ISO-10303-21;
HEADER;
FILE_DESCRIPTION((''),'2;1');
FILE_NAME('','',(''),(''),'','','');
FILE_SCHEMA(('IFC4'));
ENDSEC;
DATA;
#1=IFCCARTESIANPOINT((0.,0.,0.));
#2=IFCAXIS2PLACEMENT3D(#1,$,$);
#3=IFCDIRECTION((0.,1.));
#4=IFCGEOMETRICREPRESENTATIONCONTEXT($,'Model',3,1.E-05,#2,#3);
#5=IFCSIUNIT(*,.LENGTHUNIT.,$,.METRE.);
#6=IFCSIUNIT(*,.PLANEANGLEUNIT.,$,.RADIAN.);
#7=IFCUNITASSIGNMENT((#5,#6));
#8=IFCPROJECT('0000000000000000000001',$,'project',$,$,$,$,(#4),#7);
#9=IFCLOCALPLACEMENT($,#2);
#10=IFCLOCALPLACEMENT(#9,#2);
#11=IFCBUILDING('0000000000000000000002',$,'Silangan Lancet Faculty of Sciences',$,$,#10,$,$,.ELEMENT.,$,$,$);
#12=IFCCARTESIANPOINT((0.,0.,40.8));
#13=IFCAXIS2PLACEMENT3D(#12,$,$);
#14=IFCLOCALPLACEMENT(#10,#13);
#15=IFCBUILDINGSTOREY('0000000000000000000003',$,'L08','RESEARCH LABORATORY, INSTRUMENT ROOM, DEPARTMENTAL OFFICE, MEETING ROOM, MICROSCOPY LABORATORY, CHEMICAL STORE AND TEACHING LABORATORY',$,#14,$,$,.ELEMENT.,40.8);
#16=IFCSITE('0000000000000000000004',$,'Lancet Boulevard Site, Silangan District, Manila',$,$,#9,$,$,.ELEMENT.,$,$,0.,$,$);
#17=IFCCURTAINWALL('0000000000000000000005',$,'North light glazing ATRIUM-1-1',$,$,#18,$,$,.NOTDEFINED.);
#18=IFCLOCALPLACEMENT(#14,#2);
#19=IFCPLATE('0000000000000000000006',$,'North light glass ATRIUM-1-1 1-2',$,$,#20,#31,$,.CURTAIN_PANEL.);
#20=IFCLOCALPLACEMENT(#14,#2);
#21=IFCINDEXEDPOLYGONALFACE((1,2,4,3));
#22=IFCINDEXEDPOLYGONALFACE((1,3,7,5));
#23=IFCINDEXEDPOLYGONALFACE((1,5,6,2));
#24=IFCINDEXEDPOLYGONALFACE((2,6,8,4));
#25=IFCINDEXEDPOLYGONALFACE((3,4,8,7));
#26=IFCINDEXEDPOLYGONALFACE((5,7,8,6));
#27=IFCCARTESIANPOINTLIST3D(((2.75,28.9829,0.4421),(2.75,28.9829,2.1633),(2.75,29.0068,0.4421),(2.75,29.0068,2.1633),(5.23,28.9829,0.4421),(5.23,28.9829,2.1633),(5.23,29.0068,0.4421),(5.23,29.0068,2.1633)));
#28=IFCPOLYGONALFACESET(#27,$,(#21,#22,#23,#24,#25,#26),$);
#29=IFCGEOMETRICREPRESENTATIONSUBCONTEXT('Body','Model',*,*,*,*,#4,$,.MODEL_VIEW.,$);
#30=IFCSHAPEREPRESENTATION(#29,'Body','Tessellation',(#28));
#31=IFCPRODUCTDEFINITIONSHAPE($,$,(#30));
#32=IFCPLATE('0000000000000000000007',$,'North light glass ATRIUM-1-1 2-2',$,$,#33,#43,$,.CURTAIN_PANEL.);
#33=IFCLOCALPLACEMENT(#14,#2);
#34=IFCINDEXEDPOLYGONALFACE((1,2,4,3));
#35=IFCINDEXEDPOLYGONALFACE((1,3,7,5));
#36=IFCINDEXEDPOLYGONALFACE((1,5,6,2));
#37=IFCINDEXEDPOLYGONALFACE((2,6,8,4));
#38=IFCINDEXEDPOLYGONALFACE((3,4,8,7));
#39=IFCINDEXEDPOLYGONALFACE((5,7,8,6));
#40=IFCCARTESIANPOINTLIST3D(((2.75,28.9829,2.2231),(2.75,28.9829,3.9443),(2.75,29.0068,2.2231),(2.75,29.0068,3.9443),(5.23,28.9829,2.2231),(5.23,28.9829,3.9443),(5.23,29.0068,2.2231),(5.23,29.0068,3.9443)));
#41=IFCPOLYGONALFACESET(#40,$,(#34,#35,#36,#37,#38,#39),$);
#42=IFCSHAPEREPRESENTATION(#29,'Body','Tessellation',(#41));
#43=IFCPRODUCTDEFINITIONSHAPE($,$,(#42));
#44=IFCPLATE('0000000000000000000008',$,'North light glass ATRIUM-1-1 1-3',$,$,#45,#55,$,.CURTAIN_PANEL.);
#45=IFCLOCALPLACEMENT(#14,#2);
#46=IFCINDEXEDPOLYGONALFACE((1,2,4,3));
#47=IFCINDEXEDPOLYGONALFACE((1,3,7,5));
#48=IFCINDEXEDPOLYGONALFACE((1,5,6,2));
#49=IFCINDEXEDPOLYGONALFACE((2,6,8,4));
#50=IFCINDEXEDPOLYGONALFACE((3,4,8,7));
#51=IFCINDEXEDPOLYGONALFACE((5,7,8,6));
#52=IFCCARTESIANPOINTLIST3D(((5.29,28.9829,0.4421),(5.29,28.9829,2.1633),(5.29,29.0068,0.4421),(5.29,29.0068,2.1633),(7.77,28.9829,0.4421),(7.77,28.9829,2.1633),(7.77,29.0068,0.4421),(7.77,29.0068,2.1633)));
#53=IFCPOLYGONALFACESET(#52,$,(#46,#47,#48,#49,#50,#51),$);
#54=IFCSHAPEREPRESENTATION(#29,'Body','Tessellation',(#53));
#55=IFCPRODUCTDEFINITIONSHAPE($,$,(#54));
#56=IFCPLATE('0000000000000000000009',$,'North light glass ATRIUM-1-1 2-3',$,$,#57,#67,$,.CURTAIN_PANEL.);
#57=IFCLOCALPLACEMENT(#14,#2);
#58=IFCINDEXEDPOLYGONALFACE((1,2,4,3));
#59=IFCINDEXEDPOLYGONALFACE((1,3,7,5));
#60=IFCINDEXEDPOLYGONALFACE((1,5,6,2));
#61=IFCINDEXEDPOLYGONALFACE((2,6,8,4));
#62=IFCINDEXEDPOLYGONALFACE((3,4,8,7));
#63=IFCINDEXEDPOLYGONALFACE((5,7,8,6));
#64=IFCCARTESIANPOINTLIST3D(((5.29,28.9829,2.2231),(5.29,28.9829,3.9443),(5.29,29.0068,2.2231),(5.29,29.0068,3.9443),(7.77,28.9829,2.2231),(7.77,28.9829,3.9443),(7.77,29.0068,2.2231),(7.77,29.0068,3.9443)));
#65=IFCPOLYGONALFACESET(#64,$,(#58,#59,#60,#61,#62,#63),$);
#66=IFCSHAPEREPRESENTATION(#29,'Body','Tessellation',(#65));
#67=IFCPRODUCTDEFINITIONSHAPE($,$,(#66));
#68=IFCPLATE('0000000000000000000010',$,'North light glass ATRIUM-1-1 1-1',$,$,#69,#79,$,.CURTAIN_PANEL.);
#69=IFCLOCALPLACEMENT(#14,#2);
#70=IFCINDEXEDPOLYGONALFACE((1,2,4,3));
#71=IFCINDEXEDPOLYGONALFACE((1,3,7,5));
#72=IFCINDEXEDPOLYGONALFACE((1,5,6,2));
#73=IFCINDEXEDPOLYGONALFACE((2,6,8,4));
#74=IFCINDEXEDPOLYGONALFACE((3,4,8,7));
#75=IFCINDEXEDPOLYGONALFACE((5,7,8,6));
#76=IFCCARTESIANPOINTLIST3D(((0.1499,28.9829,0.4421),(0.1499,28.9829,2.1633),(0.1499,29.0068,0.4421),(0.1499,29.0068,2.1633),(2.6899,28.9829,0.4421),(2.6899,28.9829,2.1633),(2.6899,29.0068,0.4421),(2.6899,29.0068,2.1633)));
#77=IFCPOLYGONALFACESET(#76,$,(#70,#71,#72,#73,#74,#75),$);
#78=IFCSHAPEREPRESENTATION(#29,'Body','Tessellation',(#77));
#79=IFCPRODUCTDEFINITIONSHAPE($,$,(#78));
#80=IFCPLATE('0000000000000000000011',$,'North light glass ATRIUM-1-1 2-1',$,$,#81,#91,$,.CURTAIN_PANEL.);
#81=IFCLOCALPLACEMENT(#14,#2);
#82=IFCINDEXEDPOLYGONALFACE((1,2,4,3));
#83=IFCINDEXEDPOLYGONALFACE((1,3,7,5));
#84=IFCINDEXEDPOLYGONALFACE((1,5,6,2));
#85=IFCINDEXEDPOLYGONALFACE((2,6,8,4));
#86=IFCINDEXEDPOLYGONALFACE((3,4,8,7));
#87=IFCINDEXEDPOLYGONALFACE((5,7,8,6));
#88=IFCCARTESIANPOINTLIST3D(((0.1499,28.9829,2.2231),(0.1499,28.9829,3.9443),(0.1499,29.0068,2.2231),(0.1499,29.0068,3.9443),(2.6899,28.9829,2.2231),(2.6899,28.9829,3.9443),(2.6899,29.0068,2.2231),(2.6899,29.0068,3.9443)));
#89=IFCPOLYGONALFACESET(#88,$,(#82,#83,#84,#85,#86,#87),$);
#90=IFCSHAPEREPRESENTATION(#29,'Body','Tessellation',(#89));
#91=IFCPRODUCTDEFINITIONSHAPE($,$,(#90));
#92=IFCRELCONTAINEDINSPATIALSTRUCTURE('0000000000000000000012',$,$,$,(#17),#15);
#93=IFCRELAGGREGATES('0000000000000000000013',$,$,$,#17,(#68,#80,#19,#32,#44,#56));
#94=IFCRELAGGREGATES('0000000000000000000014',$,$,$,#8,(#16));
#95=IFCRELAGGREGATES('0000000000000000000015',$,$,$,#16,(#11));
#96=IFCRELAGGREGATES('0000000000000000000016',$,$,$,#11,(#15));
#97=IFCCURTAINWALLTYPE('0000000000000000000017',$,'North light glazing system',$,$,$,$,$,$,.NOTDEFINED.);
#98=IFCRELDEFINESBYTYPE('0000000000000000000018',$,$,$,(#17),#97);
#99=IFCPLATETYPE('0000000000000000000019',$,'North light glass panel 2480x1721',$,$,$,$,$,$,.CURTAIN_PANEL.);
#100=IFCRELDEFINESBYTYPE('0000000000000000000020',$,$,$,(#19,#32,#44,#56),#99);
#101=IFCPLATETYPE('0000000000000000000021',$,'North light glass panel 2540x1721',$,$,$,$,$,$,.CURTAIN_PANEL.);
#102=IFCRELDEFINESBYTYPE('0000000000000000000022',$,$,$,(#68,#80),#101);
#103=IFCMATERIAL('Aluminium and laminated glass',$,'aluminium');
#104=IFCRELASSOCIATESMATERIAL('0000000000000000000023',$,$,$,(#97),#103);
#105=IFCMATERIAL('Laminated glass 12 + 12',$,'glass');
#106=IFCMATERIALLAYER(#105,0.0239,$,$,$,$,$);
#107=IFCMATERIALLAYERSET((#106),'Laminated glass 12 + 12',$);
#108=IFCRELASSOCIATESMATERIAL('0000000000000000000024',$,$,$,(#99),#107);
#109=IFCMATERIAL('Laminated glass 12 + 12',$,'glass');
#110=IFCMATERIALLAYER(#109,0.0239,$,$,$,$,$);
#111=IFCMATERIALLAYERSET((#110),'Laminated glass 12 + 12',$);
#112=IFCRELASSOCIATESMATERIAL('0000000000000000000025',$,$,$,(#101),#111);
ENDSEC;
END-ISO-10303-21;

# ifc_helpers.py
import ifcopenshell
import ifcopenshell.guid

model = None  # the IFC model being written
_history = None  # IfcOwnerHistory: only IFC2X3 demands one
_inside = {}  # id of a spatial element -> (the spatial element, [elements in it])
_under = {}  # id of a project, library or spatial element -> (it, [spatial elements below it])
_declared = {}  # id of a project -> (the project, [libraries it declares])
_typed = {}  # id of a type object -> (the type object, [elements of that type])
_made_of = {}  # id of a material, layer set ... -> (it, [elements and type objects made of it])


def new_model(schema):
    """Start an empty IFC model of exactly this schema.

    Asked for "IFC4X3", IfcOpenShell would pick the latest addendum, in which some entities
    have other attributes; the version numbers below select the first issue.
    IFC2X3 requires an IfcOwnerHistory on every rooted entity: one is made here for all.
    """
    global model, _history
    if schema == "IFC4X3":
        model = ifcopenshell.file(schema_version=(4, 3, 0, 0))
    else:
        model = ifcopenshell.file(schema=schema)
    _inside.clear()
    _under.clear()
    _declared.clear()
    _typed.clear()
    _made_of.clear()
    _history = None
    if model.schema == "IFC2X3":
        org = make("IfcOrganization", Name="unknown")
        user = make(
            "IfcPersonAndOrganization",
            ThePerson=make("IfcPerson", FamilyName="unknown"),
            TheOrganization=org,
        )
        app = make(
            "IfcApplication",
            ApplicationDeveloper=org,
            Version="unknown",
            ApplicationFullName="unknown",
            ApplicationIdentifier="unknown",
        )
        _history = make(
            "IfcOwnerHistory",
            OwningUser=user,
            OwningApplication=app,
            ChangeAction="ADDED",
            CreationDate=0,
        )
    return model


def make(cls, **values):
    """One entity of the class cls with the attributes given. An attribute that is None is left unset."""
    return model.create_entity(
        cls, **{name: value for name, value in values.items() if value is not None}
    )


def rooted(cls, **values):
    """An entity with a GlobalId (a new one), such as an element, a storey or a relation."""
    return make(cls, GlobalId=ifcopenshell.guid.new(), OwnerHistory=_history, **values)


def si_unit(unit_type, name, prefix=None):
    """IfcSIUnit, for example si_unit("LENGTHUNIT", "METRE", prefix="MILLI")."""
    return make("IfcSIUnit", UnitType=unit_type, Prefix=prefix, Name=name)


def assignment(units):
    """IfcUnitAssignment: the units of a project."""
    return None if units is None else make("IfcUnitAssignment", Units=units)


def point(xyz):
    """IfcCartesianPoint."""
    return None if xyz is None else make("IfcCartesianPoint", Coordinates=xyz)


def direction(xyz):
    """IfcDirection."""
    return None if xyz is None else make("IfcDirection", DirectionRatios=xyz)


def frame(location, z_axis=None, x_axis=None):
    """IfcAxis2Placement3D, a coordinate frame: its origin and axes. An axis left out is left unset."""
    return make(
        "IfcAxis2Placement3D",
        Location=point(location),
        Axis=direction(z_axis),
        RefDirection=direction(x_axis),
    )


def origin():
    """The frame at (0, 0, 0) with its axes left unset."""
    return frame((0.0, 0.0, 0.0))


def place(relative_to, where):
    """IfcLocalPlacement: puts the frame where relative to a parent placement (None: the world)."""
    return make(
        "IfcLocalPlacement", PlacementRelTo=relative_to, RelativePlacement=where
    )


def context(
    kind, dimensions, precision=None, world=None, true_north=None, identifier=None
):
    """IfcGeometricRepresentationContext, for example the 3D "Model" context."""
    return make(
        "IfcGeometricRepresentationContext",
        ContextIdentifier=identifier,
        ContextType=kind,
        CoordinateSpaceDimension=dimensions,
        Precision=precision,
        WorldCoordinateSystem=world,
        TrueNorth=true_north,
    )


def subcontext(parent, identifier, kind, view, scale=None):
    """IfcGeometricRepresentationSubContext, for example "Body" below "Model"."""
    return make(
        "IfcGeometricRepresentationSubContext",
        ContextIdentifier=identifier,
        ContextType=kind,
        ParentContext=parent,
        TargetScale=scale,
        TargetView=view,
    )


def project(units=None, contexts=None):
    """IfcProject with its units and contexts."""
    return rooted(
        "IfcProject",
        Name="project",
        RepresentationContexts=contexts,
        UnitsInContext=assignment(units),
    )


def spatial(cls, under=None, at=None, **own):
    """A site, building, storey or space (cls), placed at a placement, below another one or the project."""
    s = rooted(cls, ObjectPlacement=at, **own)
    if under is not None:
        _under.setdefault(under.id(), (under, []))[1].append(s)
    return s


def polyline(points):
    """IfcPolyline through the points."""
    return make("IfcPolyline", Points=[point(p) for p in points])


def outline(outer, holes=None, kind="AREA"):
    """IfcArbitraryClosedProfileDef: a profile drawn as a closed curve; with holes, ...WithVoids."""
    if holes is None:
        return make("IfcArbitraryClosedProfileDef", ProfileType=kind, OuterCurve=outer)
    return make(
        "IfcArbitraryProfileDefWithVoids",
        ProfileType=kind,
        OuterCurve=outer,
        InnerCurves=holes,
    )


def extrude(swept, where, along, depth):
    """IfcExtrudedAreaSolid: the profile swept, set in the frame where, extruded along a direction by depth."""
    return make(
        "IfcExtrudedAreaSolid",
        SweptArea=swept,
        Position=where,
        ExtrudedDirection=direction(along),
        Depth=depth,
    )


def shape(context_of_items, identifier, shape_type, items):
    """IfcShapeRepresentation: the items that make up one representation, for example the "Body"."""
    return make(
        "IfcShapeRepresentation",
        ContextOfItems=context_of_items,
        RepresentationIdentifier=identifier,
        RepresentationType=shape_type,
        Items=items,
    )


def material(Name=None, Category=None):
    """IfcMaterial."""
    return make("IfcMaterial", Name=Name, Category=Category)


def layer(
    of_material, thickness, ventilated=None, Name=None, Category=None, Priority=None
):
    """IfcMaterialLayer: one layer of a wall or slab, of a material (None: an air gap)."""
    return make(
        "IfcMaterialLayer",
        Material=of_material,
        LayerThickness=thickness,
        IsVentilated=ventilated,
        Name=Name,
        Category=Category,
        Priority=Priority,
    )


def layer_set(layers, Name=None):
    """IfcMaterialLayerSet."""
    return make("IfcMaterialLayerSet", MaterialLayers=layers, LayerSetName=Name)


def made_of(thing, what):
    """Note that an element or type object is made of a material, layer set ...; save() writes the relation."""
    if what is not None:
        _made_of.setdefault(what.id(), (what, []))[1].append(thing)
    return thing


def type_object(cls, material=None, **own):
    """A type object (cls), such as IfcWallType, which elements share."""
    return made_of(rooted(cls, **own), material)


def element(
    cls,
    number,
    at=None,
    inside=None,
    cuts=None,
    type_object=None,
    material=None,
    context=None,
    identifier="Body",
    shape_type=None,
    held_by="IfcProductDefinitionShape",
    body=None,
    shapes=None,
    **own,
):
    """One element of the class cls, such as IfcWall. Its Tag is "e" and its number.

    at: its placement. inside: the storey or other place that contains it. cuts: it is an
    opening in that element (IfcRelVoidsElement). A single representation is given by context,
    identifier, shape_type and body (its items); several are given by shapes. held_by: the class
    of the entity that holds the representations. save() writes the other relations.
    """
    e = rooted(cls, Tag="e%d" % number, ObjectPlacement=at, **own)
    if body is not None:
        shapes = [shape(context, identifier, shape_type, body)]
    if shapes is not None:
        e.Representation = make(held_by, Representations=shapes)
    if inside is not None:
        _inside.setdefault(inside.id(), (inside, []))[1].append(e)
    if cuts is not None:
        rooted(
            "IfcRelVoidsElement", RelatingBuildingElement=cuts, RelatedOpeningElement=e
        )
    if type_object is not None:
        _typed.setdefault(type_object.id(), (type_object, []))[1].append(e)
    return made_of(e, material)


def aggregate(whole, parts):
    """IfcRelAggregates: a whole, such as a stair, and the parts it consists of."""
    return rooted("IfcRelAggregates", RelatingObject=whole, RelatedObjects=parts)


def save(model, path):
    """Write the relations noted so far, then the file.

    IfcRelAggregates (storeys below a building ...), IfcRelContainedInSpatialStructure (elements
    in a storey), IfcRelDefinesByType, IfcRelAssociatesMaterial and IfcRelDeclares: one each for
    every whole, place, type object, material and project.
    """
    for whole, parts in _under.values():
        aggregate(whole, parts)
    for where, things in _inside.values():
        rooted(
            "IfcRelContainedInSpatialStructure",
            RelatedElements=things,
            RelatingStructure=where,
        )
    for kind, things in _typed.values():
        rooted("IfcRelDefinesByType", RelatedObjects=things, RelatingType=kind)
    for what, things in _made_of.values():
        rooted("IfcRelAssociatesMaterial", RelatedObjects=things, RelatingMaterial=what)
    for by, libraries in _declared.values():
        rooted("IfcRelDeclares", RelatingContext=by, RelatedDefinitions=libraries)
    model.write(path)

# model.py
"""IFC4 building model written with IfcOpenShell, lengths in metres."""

from ifc_helpers import new_model, si_unit, direction, frame, origin, place, context, subcontext, project, spatial, polyline, outline, extrude, material, layer, layer_set, type_object, element, aggregate, save


model = new_model("IFC4")

# Units and contexts
model_context = context("Model", 3, precision=1e-05, world=origin(), true_north=direction((0.0, 1.0)))
body_context = subcontext(model_context, "Body", "Model", "MODEL_VIEW")
ifc_project = project(units=[si_unit("LENGTHUNIT", "METRE"), si_unit("PLANEANGLEUNIT", "RADIAN")], contexts=[model_context])

# Site, building, storey
site_placement = place(None, origin())
site = spatial("IfcSite", under=ifc_project, at=site_placement, Name="Lancet Boulevard Site, Silangan District, Manila", CompositionType="ELEMENT", RefElevation=0.0)
building_placement = place(site_placement, origin())
building = spatial("IfcBuilding", under=site, at=building_placement, Name="Silangan Lancet Faculty of Sciences", CompositionType="ELEMENT")
storey_placement = place(building_placement, frame((0.0, 0.0, 40.8)))
storey = spatial("IfcBuildingStorey", under=building, at=storey_placement, Name="L08", Description="RESEARCH LABORATORY, INSTRUMENT ROOM, DEPARTMENTAL OFFICE, MEETING ROOM, MICROSCOPY LABORATORY, CHEMICAL STORE AND TEACHING LABORATORY", CompositionType="ELEMENT", Elevation=40.8)

# Curtain wall, plates
ifc_material_1 = material(Name="Aluminium and laminated glass", Category="aluminium")
curtain_wall_type = type_object("IfcCurtainWallType", Name="North light glazing system", PredefinedType="NOTDEFINED", material=ifc_material_1)
curtain_wall_placement = place(storey_placement, origin())
curtain_wall = element("IfcCurtainWall", 1, at=curtain_wall_placement, inside=storey, type_object=curtain_wall_type, Name="North light glazing ATRIUM-1-1", PredefinedType="NOTDEFINED")
ifc_material_2 = material(Name="Laminated glass 12 + 12", Category="glass")
ifc_layer_1 = layer(ifc_material_2, 0.0239)
ifc_layer_set_1 = layer_set([ifc_layer_1], Name="Laminated glass 12 + 12")
plate_type_1 = type_object("IfcPlateType", Name="North light glass panel 2480x1721", PredefinedType="CURTAIN_PANEL", material=ifc_layer_set_1)
plate_1_placement = place(storey_placement, frame((2.75, 28.9829, 0.4421), z_axis=(0.0, -1.0, 0.0), x_axis=(1.0, 0.0, 0.0)))
plate_1 = element("IfcPlate", 2, at=plate_1_placement, type_object=plate_type_1, Name="North light glass ATRIUM-1-1 1-2", PredefinedType="CURTAIN_PANEL", context=body_context, shape_type="SweptSolid", body=[
    extrude(outline(polyline([(0.0, 0.0), (2.48, 0.0), (2.48, 1.7212), (0.0, 1.7212), (0.0, 0.0)])), origin(), (0.0, 0.0, -1.0), 0.0239),
])
plate_2_placement = place(storey_placement, frame((2.75, 28.9829, 2.2231), z_axis=(0.0, -1.0, 0.0), x_axis=(1.0, 0.0, 0.0)))
plate_2 = element("IfcPlate", 3, at=plate_2_placement, type_object=plate_type_1, Name="North light glass ATRIUM-1-1 2-2", PredefinedType="CURTAIN_PANEL", context=body_context, shape_type="SweptSolid", body=[
    extrude(outline(polyline([(0.0, 0.0), (2.48, 0.0), (2.48, 1.7212), (0.0, 1.7212), (0.0, 0.0)])), origin(), (0.0, 0.0, -1.0), 0.0239),
])
plate_3_placement = place(storey_placement, frame((5.29, 28.9829, 0.4421), z_axis=(0.0, -1.0, 0.0), x_axis=(1.0, 0.0, 0.0)))
plate_3 = element("IfcPlate", 4, at=plate_3_placement, type_object=plate_type_1, Name="North light glass ATRIUM-1-1 1-3", PredefinedType="CURTAIN_PANEL", context=body_context, shape_type="SweptSolid", body=[
    extrude(outline(polyline([(0.0, 0.0), (2.48, 0.0), (2.48, 1.7212), (0.0, 1.7212), (0.0, 0.0)])), origin(), (0.0, 0.0, -1.0), 0.0239),
])
plate_4_placement = place(storey_placement, frame((5.29, 28.9829, 2.2231), z_axis=(0.0, -1.0, 0.0), x_axis=(1.0, 0.0, 0.0)))
plate_4 = element("IfcPlate", 5, at=plate_4_placement, type_object=plate_type_1, Name="North light glass ATRIUM-1-1 2-3", PredefinedType="CURTAIN_PANEL", context=body_context, shape_type="SweptSolid", body=[
    extrude(outline(polyline([(0.0, 0.0), (2.48, 0.0), (2.48, 1.7212), (0.0, 1.7212), (0.0, 0.0)])), origin(), (0.0, 0.0, -1.0), 0.0239),
])
ifc_material_3 = material(Name="Laminated glass 12 + 12", Category="glass")
ifc_layer_2 = layer(ifc_material_3, 0.0239)
ifc_layer_set_2 = layer_set([ifc_layer_2], Name="Laminated glass 12 + 12")
plate_type_2 = type_object("IfcPlateType", Name="North light glass panel 2540x1721", PredefinedType="CURTAIN_PANEL", material=ifc_layer_set_2)
plate_5_placement = place(storey_placement, frame((0.1499, 28.9829, 0.4421), z_axis=(0.0, -1.0, 0.0), x_axis=(1.0, 0.0, 0.0)))
plate_5 = element("IfcPlate", 6, at=plate_5_placement, type_object=plate_type_2, Name="North light glass ATRIUM-1-1 1-1", PredefinedType="CURTAIN_PANEL", context=body_context, shape_type="SweptSolid", body=[
    extrude(outline(polyline([(0.0, 0.0), (2.54, 0.0), (2.54, 1.7212), (0.0, 1.7212), (0.0, 0.0)])), origin(), (0.0, 0.0, -1.0), 0.0239),
])
plate_6_placement = place(storey_placement, frame((0.1499, 28.9829, 2.2231), z_axis=(0.0, -1.0, 0.0), x_axis=(1.0, 0.0, 0.0)))
plate_6 = element("IfcPlate", 7, at=plate_6_placement, type_object=plate_type_2, Name="North light glass ATRIUM-1-1 2-1", PredefinedType="CURTAIN_PANEL", context=body_context, shape_type="SweptSolid", body=[
    extrude(outline(polyline([(0.0, 0.0), (2.54, 0.0), (2.54, 1.7212), (0.0, 1.7212), (0.0, 0.0)])), origin(), (0.0, 0.0, -1.0), 0.0239),
])
aggregate(curtain_wall, [plate_5, plate_6, plate_1, plate_2, plate_3, plate_4])

save(model, "model.ifc")
